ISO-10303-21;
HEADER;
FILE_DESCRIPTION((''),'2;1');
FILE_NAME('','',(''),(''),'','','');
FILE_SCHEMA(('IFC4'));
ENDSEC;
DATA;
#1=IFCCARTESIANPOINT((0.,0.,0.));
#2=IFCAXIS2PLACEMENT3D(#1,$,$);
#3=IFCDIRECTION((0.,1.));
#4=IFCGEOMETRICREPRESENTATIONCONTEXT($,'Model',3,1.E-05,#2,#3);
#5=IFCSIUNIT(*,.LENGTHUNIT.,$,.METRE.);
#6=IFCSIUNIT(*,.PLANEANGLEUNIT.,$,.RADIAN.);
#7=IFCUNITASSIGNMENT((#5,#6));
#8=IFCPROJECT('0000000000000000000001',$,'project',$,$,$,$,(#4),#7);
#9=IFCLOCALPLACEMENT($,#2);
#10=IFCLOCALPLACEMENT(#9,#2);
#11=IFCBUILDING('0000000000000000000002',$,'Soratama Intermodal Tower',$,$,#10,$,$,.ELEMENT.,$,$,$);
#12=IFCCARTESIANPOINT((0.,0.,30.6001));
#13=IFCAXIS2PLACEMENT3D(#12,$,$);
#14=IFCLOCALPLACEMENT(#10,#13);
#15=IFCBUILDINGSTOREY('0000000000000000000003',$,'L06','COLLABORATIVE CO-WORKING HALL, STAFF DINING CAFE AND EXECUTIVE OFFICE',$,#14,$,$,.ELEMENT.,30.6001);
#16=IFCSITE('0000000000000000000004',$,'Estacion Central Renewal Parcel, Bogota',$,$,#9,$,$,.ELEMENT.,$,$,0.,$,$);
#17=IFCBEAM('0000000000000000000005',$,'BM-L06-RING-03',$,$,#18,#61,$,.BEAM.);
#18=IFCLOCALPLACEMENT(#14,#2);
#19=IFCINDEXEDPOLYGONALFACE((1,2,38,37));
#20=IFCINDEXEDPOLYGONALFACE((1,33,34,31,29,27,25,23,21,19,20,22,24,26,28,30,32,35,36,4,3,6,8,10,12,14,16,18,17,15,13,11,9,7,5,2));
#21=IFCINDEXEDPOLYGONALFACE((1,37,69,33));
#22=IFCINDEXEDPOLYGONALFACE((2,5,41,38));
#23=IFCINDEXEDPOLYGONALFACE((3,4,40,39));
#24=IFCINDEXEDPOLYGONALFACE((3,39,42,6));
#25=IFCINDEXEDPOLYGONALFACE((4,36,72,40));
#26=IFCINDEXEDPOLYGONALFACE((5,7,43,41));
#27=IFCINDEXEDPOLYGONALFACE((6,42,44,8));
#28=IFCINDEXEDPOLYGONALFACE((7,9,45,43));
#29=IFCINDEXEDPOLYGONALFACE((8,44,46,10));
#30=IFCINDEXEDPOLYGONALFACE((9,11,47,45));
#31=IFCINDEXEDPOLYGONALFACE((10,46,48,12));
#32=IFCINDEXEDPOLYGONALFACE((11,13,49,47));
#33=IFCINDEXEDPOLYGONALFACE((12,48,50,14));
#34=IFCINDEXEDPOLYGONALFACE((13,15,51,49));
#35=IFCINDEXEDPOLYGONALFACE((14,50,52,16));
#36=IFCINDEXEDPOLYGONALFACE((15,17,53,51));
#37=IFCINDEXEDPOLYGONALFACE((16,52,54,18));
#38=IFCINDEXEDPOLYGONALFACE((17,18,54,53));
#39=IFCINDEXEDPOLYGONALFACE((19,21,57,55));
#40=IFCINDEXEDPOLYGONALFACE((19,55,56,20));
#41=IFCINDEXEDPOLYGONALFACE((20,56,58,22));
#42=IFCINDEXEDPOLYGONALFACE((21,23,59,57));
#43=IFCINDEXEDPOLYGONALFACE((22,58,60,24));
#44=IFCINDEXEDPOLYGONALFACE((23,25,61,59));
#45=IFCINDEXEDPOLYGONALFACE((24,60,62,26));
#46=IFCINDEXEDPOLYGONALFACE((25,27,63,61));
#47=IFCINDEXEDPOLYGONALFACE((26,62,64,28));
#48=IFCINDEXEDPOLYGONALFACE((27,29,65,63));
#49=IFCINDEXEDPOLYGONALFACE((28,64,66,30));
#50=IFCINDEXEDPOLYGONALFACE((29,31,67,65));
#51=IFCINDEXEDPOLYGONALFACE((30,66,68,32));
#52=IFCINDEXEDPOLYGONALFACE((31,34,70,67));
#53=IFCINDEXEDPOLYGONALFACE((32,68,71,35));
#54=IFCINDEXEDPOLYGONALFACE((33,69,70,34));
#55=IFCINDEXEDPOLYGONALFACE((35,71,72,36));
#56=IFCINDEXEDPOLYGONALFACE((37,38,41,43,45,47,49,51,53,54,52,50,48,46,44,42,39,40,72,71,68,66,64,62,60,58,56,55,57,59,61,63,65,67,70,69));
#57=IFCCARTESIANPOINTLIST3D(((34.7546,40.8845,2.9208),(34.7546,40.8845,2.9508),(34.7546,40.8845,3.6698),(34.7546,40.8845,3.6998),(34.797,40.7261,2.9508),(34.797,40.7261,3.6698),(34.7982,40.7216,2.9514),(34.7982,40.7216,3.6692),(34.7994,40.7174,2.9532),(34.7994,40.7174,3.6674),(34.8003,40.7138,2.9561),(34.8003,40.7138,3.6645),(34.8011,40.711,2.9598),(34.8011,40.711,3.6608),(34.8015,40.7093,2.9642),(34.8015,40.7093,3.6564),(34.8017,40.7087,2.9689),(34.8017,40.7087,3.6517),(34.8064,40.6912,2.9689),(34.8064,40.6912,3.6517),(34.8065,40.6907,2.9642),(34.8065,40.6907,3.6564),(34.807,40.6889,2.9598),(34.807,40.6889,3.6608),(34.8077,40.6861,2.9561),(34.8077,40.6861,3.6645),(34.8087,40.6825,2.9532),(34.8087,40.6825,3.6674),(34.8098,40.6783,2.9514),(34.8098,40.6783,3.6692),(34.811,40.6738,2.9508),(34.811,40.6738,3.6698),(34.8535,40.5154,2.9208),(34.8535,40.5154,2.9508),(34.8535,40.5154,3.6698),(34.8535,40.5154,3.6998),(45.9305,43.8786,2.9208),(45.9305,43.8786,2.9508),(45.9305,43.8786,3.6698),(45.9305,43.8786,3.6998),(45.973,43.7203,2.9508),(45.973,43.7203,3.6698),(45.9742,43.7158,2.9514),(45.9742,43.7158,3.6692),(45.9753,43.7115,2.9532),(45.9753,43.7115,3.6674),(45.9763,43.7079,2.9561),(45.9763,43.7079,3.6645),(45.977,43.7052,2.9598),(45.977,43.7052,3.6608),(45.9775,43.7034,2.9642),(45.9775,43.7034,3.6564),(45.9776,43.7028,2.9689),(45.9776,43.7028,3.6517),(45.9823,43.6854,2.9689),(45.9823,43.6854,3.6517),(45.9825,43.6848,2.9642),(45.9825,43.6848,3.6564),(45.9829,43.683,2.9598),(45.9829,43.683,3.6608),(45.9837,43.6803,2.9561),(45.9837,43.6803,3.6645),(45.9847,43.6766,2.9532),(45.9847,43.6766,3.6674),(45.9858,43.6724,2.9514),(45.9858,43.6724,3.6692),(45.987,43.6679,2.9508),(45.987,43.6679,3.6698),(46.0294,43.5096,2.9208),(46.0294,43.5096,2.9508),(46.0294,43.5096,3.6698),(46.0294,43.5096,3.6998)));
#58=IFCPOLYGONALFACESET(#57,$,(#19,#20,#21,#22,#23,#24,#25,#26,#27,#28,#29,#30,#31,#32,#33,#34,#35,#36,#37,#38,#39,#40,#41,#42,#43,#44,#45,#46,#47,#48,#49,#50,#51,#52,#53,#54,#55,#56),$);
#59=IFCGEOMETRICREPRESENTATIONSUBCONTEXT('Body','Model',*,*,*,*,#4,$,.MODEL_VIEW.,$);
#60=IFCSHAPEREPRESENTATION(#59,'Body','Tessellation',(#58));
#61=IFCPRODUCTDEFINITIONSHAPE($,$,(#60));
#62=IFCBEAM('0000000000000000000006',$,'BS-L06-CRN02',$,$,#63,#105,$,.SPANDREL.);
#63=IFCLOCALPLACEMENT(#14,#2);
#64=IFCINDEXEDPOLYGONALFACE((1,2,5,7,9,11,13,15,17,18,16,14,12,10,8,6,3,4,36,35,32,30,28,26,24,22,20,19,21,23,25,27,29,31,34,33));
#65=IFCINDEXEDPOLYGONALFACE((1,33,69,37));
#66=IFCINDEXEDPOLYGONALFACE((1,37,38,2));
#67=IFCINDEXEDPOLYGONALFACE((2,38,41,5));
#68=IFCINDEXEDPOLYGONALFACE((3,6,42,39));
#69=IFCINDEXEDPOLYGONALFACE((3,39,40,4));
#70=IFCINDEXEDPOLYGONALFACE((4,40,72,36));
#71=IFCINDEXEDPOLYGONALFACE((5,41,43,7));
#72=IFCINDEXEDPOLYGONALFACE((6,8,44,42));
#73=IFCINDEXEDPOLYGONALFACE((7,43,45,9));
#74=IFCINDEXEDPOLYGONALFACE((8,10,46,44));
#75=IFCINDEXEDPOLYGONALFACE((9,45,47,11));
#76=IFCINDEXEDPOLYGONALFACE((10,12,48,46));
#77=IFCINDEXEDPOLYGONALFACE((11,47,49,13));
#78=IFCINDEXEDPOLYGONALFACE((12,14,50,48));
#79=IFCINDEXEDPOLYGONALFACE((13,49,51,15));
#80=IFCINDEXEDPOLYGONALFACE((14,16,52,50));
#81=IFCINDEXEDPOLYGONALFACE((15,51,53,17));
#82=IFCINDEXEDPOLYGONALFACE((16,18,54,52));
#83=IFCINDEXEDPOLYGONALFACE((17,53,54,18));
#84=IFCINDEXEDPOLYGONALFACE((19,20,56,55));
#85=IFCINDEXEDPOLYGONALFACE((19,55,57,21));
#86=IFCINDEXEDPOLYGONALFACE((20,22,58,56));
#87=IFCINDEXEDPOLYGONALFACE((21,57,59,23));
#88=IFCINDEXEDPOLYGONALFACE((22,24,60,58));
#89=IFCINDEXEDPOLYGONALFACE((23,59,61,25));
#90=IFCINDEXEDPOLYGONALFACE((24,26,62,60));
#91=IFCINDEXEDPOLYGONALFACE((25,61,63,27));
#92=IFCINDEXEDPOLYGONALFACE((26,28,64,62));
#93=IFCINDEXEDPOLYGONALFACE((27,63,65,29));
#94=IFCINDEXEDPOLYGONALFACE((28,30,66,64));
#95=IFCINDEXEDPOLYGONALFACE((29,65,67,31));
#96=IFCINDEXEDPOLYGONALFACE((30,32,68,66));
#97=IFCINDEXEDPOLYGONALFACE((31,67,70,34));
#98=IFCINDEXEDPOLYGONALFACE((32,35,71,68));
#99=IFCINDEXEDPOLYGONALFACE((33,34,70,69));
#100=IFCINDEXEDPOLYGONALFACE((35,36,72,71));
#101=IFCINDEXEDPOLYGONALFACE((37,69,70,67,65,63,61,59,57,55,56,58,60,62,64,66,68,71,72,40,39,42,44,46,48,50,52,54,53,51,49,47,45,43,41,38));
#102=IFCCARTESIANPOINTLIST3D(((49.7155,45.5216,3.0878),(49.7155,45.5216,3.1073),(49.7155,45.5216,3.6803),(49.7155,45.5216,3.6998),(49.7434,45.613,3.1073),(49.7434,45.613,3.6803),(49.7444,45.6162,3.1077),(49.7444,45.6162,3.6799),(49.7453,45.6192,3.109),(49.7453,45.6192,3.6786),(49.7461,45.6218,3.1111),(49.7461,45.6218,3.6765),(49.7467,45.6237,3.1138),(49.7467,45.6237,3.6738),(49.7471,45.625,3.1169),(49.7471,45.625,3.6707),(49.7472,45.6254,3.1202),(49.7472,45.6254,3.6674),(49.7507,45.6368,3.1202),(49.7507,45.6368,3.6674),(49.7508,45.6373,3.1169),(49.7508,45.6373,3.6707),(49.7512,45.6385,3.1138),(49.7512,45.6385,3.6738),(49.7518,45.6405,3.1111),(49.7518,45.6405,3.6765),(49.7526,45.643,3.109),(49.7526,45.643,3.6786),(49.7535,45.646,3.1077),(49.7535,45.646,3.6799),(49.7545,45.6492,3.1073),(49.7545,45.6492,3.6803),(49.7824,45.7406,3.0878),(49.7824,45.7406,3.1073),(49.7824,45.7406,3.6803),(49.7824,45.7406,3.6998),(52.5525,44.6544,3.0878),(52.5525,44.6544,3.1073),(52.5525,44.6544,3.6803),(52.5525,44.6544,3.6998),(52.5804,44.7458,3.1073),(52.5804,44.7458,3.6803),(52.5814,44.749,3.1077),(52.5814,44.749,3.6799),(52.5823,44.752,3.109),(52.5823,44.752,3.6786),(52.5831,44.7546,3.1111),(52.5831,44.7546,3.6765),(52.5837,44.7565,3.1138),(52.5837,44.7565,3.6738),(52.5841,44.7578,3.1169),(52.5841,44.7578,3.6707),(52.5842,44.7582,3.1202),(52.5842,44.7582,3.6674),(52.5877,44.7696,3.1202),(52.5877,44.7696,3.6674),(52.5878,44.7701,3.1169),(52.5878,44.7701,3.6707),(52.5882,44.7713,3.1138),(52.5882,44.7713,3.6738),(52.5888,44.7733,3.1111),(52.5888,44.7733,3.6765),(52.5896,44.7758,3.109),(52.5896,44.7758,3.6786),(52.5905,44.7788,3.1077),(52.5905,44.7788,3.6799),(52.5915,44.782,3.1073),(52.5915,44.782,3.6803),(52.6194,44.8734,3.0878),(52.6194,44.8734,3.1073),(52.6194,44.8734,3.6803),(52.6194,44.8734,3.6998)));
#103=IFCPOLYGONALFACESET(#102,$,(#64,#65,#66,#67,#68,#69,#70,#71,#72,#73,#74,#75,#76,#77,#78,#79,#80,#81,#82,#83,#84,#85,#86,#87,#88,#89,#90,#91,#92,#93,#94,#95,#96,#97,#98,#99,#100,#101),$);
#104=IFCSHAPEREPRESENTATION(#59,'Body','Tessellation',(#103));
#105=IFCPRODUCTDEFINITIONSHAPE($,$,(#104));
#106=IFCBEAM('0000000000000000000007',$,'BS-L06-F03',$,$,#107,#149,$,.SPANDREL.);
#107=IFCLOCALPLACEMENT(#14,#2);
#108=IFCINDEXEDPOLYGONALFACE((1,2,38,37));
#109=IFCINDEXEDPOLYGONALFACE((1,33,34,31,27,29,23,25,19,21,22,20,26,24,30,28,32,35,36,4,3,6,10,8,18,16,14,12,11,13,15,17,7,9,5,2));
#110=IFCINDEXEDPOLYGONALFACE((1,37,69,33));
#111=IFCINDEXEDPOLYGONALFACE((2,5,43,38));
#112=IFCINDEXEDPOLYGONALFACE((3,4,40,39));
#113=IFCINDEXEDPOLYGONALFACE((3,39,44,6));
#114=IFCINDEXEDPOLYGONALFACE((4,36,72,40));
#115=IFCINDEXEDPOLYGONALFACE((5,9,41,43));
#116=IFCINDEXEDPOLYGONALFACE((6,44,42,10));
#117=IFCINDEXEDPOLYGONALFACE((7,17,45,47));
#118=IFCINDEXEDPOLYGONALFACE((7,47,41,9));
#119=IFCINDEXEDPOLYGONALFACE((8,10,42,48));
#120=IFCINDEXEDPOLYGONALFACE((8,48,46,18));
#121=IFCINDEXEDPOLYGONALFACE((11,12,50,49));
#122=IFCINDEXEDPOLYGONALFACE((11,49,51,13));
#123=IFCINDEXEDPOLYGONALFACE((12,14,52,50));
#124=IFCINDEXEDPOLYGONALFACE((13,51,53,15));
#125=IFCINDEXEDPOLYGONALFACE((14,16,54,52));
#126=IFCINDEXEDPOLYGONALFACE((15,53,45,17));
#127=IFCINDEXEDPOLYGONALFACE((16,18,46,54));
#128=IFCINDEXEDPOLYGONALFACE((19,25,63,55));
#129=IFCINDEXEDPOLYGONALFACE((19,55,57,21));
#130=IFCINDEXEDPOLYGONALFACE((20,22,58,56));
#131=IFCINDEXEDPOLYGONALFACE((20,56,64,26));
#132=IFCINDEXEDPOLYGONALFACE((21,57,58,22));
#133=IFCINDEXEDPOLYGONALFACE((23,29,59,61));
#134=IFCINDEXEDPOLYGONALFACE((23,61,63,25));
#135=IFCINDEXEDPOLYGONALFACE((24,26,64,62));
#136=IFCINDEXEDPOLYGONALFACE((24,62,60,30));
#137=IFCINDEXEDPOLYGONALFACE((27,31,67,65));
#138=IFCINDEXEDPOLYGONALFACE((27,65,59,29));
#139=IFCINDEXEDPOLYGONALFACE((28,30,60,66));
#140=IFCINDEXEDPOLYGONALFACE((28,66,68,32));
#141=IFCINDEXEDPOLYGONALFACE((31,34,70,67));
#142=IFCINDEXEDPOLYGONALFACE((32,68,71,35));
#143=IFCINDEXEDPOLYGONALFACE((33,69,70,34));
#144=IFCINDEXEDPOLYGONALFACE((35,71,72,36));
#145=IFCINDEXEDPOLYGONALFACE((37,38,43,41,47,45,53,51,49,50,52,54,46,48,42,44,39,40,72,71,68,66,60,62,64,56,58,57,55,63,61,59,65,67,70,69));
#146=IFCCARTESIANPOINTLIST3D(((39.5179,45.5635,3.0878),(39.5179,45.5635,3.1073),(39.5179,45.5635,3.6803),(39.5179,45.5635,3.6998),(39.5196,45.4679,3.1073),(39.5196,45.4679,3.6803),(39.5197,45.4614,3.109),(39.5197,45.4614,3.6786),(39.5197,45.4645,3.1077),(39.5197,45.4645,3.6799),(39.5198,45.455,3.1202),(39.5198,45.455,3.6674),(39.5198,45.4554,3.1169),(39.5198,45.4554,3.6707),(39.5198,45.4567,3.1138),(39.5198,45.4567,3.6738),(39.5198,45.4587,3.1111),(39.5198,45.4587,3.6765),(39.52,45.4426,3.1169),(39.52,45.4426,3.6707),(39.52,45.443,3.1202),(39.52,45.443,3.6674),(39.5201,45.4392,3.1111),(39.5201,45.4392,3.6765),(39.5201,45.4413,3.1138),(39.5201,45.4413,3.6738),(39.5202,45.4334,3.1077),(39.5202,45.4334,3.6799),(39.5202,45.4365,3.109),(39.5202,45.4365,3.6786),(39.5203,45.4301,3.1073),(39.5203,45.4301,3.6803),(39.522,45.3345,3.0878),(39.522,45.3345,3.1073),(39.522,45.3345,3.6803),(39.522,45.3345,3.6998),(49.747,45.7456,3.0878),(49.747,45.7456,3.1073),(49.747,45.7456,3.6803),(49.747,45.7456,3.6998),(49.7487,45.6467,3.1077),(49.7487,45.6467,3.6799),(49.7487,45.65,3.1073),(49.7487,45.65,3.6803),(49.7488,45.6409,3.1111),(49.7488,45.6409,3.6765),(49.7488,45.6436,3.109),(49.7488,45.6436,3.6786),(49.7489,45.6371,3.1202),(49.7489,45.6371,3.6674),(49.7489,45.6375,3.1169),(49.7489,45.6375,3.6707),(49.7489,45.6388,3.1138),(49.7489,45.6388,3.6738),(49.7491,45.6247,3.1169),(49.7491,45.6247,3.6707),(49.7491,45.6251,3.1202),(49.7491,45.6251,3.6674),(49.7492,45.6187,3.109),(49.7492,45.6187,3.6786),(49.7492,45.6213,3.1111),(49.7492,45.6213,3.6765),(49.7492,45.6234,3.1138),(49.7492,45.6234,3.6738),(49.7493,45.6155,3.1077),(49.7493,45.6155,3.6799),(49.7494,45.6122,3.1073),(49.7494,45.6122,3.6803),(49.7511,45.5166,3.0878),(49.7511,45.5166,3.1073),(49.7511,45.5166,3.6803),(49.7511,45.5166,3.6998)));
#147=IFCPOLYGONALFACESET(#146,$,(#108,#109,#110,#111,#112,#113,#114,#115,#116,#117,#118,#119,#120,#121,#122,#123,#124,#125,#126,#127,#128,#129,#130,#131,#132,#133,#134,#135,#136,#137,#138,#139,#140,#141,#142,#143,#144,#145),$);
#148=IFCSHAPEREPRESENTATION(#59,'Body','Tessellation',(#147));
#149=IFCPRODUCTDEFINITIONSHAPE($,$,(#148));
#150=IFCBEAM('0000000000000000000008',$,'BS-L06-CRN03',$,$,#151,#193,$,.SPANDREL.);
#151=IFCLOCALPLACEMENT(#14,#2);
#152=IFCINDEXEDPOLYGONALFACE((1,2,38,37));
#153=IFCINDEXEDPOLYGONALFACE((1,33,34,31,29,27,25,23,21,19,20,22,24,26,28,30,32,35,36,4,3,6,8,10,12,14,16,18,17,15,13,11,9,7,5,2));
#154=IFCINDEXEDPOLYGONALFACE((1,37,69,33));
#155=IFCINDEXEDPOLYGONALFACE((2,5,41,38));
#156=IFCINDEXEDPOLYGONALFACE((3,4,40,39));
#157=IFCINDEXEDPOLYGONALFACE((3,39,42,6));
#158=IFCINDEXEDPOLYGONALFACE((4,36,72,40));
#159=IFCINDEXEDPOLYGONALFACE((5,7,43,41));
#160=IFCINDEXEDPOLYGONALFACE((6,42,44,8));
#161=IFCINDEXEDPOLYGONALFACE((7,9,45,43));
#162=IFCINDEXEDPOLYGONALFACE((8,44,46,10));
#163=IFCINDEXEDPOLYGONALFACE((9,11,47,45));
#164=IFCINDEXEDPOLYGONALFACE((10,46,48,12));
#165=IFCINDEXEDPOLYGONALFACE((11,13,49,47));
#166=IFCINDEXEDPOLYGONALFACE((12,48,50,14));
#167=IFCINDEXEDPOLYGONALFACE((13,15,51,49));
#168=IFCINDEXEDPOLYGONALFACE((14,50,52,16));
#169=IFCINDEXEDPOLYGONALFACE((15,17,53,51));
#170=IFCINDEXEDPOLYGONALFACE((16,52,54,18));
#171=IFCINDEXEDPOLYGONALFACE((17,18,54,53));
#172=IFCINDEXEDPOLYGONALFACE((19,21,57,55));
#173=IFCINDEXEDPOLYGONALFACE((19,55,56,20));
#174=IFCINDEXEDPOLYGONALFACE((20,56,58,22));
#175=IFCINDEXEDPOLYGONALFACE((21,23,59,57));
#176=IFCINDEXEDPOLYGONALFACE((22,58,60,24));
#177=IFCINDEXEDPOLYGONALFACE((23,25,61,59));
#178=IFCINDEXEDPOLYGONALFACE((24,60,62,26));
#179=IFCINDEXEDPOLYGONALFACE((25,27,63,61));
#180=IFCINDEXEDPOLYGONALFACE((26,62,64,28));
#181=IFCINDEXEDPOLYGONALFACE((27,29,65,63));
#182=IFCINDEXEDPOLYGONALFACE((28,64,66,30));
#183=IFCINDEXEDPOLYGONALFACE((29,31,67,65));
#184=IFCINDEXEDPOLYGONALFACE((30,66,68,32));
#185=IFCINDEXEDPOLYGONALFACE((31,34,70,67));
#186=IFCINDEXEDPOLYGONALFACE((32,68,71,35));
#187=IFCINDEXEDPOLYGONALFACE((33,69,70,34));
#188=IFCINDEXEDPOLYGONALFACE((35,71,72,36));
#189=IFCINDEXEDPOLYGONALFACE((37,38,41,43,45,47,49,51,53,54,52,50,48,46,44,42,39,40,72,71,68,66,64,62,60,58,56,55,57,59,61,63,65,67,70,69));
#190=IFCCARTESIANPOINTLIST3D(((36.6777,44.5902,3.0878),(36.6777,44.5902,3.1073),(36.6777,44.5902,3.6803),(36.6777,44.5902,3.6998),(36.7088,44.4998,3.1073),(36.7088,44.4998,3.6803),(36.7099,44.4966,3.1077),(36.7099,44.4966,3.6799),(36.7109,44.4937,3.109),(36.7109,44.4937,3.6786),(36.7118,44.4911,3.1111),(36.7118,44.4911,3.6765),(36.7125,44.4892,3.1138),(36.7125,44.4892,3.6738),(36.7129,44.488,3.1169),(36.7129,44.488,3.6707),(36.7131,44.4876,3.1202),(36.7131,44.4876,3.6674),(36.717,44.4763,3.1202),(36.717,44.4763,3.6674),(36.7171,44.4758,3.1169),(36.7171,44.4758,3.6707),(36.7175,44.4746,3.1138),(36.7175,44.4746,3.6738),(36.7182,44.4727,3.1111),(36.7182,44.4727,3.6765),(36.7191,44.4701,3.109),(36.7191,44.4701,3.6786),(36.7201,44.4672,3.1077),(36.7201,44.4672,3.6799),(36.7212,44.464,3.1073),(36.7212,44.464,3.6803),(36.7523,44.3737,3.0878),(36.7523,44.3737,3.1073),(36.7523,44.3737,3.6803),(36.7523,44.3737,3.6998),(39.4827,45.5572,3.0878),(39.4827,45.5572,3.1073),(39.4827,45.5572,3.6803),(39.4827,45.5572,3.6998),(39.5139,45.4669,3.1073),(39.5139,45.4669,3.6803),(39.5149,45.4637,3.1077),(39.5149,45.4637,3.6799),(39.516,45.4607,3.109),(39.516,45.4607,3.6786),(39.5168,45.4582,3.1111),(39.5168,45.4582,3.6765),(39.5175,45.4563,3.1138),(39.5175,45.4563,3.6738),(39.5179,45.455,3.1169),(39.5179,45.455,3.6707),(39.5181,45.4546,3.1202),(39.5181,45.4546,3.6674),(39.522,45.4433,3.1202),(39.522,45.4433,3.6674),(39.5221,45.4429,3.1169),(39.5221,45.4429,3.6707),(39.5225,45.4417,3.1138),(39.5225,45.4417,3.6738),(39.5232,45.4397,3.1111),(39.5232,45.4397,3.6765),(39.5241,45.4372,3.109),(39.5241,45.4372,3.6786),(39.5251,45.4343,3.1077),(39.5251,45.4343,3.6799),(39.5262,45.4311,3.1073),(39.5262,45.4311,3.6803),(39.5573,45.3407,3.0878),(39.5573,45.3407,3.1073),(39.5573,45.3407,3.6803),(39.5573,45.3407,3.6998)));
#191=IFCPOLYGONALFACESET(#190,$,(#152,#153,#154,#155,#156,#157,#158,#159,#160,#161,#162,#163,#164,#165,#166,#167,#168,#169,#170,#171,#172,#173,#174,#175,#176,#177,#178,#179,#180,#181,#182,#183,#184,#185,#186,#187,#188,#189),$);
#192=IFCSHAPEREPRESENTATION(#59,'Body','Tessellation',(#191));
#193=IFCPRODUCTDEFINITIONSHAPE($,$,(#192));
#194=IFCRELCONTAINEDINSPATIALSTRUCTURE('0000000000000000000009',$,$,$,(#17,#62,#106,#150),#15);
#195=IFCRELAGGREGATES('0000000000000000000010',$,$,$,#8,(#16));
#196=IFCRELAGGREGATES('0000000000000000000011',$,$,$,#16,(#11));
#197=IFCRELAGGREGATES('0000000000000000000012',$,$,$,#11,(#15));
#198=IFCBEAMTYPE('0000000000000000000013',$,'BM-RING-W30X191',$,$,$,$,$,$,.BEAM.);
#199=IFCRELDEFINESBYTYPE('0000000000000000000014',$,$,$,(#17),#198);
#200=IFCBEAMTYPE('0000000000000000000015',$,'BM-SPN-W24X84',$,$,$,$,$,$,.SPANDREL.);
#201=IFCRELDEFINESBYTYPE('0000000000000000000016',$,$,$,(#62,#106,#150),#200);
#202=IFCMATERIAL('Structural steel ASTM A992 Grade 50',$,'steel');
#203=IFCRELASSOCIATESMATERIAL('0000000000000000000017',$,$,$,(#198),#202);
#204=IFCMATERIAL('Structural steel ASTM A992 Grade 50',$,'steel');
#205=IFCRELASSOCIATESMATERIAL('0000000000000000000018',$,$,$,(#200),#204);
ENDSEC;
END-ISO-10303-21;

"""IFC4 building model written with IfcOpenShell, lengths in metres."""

from ifc_helpers import new_model, si_unit, direction, frame, origin, origin_2d, place, context, subcontext, project, spatial, i_section, extrude, material, material_profile, profile_set, type_object, element, save


model = new_model("IFC4")

# Units and contexts
model_context = context("Model", 3, precision=1e-05, world=origin(), true_north=direction((0.0, 1.0)))
body_context = subcontext(model_context, "Body", "Model", "MODEL_VIEW")
ifc_project = project(units=[si_unit("LENGTHUNIT", "METRE"), si_unit("PLANEANGLEUNIT", "RADIAN")], contexts=[model_context])

# Site, building, storey
site_placement = place(None, origin())
site = spatial("IfcSite", under=ifc_project, at=site_placement, Name="Estacion Central Renewal Parcel, Bogota", CompositionType="ELEMENT", RefElevation=0.0)
building_placement = place(site_placement, origin())
building = spatial("IfcBuilding", under=site, at=building_placement, Name="Soratama Intermodal Tower", CompositionType="ELEMENT")
storey_placement = place(building_placement, frame((0.0, 0.0, 30.6001)))
storey = spatial("IfcBuildingStorey", under=building, at=storey_placement, Name="L06", Description="COLLABORATIVE CO-WORKING HALL, STAFF DINING CAFE AND EXECUTIVE OFFICE", CompositionType="ELEMENT", Elevation=30.6001)

# Beams
ifc_material_1 = material(Name="Structural steel ASTM A992 Grade 50", Category="steel")
ifc_material_profile_1 = material_profile(ifc_material_1, i_section(OverallWidth=0.3821, OverallDepth=0.7791, WebThickness=0.0181, FlangeThickness=0.03, FilletRadius=0.0181, at=origin_2d()), Name="W30X191")
ifc_profile_set_1 = profile_set([ifc_material_profile_1], Name="Structural steel ASTM A992 Grade 50")
beam_type_1 = type_object("IfcBeamType", Name="BM-RING-W30X191", PredefinedType="BEAM", material=ifc_profile_set_1)
beam_1_placement = place(storey_placement, frame((45.98, 43.6941, 3.3103), z_axis=(-0.965936, -0.258781, 0.0), x_axis=(0.258781, -0.965936, 0.0)))
element("IfcBeam", 1, at=beam_1_placement, inside=storey, type_object=beam_type_1, Name="BM-L06-RING-03", PredefinedType="BEAM", context=body_context, shape_type="SweptSolid", body=[
    extrude(i_section(OverallWidth=0.3821, OverallDepth=0.7791, WebThickness=0.0181, FlangeThickness=0.03, FilletRadius=0.0181, at=origin_2d()), origin(), (0.0, 0.0, 1.0), 11.5701),
])
ifc_material_2 = material(Name="Structural steel ASTM A992 Grade 50", Category="steel")
ifc_material_profile_2 = material_profile(ifc_material_2, i_section(OverallWidth=0.229, OverallDepth=0.6121, WebThickness=0.012, FlangeThickness=0.0195, FilletRadius=0.0129, at=origin_2d()), Name="W24X84")
ifc_profile_set_2 = profile_set([ifc_material_profile_2], Name="Structural steel ASTM A992 Grade 50")
beam_type_2 = type_object("IfcBeamType", Name="BM-SPN-W24X84", PredefinedType="SPANDREL", material=ifc_profile_set_2)
beam_2_placement = place(storey_placement, frame((52.5859, 44.7639, 3.3938), z_axis=(-0.956318, 0.292327, 0.0), x_axis=(-0.292327, -0.956318, 0.0)))
element("IfcBeam", 2, at=beam_2_placement, inside=storey, type_object=beam_type_2, Name="BS-L06-CRN02", PredefinedType="SPANDREL", context=body_context, shape_type="SweptSolid", body=[
    extrude(i_section(OverallWidth=0.229, OverallDepth=0.6121, WebThickness=0.012, FlangeThickness=0.0195, FilletRadius=0.0129, at=origin_2d()), origin(), (0.0, 0.0, 1.0), 2.9666),
])
beam_3_placement = place(storey_placement, frame((49.749, 45.6311, 3.3938), z_axis=(-0.999842, -0.017802, 0.0), x_axis=(0.017802, -0.999842, 0.0)))
element("IfcBeam", 3, at=beam_3_placement, inside=storey, type_object=beam_type_2, Name="BS-L06-F03", PredefinedType="SPANDREL", context=body_context, shape_type="SweptSolid", body=[
    extrude(i_section(OverallWidth=0.229, OverallDepth=0.6121, WebThickness=0.012, FlangeThickness=0.0195, FilletRadius=0.0129, at=origin_2d()), origin(), (0.0, 0.0, 1.0), 10.2307),
])
beam_4_placement = place(storey_placement, frame((39.52, 45.449, 3.3938), z_axis=(-0.945391, -0.325937, 0.0), x_axis=(0.325937, -0.945391, 0.0)))
element("IfcBeam", 4, at=beam_4_placement, inside=storey, type_object=beam_type_2, Name="BS-L06-CRN03", PredefinedType="SPANDREL", context=body_context, shape_type="SweptSolid", body=[
    extrude(i_section(OverallWidth=0.229, OverallDepth=0.6121, WebThickness=0.012, FlangeThickness=0.0195, FilletRadius=0.0129, at=origin_2d()), origin(), (0.0, 0.0, 1.0), 2.967),
])

save(model, "model.ifc")
